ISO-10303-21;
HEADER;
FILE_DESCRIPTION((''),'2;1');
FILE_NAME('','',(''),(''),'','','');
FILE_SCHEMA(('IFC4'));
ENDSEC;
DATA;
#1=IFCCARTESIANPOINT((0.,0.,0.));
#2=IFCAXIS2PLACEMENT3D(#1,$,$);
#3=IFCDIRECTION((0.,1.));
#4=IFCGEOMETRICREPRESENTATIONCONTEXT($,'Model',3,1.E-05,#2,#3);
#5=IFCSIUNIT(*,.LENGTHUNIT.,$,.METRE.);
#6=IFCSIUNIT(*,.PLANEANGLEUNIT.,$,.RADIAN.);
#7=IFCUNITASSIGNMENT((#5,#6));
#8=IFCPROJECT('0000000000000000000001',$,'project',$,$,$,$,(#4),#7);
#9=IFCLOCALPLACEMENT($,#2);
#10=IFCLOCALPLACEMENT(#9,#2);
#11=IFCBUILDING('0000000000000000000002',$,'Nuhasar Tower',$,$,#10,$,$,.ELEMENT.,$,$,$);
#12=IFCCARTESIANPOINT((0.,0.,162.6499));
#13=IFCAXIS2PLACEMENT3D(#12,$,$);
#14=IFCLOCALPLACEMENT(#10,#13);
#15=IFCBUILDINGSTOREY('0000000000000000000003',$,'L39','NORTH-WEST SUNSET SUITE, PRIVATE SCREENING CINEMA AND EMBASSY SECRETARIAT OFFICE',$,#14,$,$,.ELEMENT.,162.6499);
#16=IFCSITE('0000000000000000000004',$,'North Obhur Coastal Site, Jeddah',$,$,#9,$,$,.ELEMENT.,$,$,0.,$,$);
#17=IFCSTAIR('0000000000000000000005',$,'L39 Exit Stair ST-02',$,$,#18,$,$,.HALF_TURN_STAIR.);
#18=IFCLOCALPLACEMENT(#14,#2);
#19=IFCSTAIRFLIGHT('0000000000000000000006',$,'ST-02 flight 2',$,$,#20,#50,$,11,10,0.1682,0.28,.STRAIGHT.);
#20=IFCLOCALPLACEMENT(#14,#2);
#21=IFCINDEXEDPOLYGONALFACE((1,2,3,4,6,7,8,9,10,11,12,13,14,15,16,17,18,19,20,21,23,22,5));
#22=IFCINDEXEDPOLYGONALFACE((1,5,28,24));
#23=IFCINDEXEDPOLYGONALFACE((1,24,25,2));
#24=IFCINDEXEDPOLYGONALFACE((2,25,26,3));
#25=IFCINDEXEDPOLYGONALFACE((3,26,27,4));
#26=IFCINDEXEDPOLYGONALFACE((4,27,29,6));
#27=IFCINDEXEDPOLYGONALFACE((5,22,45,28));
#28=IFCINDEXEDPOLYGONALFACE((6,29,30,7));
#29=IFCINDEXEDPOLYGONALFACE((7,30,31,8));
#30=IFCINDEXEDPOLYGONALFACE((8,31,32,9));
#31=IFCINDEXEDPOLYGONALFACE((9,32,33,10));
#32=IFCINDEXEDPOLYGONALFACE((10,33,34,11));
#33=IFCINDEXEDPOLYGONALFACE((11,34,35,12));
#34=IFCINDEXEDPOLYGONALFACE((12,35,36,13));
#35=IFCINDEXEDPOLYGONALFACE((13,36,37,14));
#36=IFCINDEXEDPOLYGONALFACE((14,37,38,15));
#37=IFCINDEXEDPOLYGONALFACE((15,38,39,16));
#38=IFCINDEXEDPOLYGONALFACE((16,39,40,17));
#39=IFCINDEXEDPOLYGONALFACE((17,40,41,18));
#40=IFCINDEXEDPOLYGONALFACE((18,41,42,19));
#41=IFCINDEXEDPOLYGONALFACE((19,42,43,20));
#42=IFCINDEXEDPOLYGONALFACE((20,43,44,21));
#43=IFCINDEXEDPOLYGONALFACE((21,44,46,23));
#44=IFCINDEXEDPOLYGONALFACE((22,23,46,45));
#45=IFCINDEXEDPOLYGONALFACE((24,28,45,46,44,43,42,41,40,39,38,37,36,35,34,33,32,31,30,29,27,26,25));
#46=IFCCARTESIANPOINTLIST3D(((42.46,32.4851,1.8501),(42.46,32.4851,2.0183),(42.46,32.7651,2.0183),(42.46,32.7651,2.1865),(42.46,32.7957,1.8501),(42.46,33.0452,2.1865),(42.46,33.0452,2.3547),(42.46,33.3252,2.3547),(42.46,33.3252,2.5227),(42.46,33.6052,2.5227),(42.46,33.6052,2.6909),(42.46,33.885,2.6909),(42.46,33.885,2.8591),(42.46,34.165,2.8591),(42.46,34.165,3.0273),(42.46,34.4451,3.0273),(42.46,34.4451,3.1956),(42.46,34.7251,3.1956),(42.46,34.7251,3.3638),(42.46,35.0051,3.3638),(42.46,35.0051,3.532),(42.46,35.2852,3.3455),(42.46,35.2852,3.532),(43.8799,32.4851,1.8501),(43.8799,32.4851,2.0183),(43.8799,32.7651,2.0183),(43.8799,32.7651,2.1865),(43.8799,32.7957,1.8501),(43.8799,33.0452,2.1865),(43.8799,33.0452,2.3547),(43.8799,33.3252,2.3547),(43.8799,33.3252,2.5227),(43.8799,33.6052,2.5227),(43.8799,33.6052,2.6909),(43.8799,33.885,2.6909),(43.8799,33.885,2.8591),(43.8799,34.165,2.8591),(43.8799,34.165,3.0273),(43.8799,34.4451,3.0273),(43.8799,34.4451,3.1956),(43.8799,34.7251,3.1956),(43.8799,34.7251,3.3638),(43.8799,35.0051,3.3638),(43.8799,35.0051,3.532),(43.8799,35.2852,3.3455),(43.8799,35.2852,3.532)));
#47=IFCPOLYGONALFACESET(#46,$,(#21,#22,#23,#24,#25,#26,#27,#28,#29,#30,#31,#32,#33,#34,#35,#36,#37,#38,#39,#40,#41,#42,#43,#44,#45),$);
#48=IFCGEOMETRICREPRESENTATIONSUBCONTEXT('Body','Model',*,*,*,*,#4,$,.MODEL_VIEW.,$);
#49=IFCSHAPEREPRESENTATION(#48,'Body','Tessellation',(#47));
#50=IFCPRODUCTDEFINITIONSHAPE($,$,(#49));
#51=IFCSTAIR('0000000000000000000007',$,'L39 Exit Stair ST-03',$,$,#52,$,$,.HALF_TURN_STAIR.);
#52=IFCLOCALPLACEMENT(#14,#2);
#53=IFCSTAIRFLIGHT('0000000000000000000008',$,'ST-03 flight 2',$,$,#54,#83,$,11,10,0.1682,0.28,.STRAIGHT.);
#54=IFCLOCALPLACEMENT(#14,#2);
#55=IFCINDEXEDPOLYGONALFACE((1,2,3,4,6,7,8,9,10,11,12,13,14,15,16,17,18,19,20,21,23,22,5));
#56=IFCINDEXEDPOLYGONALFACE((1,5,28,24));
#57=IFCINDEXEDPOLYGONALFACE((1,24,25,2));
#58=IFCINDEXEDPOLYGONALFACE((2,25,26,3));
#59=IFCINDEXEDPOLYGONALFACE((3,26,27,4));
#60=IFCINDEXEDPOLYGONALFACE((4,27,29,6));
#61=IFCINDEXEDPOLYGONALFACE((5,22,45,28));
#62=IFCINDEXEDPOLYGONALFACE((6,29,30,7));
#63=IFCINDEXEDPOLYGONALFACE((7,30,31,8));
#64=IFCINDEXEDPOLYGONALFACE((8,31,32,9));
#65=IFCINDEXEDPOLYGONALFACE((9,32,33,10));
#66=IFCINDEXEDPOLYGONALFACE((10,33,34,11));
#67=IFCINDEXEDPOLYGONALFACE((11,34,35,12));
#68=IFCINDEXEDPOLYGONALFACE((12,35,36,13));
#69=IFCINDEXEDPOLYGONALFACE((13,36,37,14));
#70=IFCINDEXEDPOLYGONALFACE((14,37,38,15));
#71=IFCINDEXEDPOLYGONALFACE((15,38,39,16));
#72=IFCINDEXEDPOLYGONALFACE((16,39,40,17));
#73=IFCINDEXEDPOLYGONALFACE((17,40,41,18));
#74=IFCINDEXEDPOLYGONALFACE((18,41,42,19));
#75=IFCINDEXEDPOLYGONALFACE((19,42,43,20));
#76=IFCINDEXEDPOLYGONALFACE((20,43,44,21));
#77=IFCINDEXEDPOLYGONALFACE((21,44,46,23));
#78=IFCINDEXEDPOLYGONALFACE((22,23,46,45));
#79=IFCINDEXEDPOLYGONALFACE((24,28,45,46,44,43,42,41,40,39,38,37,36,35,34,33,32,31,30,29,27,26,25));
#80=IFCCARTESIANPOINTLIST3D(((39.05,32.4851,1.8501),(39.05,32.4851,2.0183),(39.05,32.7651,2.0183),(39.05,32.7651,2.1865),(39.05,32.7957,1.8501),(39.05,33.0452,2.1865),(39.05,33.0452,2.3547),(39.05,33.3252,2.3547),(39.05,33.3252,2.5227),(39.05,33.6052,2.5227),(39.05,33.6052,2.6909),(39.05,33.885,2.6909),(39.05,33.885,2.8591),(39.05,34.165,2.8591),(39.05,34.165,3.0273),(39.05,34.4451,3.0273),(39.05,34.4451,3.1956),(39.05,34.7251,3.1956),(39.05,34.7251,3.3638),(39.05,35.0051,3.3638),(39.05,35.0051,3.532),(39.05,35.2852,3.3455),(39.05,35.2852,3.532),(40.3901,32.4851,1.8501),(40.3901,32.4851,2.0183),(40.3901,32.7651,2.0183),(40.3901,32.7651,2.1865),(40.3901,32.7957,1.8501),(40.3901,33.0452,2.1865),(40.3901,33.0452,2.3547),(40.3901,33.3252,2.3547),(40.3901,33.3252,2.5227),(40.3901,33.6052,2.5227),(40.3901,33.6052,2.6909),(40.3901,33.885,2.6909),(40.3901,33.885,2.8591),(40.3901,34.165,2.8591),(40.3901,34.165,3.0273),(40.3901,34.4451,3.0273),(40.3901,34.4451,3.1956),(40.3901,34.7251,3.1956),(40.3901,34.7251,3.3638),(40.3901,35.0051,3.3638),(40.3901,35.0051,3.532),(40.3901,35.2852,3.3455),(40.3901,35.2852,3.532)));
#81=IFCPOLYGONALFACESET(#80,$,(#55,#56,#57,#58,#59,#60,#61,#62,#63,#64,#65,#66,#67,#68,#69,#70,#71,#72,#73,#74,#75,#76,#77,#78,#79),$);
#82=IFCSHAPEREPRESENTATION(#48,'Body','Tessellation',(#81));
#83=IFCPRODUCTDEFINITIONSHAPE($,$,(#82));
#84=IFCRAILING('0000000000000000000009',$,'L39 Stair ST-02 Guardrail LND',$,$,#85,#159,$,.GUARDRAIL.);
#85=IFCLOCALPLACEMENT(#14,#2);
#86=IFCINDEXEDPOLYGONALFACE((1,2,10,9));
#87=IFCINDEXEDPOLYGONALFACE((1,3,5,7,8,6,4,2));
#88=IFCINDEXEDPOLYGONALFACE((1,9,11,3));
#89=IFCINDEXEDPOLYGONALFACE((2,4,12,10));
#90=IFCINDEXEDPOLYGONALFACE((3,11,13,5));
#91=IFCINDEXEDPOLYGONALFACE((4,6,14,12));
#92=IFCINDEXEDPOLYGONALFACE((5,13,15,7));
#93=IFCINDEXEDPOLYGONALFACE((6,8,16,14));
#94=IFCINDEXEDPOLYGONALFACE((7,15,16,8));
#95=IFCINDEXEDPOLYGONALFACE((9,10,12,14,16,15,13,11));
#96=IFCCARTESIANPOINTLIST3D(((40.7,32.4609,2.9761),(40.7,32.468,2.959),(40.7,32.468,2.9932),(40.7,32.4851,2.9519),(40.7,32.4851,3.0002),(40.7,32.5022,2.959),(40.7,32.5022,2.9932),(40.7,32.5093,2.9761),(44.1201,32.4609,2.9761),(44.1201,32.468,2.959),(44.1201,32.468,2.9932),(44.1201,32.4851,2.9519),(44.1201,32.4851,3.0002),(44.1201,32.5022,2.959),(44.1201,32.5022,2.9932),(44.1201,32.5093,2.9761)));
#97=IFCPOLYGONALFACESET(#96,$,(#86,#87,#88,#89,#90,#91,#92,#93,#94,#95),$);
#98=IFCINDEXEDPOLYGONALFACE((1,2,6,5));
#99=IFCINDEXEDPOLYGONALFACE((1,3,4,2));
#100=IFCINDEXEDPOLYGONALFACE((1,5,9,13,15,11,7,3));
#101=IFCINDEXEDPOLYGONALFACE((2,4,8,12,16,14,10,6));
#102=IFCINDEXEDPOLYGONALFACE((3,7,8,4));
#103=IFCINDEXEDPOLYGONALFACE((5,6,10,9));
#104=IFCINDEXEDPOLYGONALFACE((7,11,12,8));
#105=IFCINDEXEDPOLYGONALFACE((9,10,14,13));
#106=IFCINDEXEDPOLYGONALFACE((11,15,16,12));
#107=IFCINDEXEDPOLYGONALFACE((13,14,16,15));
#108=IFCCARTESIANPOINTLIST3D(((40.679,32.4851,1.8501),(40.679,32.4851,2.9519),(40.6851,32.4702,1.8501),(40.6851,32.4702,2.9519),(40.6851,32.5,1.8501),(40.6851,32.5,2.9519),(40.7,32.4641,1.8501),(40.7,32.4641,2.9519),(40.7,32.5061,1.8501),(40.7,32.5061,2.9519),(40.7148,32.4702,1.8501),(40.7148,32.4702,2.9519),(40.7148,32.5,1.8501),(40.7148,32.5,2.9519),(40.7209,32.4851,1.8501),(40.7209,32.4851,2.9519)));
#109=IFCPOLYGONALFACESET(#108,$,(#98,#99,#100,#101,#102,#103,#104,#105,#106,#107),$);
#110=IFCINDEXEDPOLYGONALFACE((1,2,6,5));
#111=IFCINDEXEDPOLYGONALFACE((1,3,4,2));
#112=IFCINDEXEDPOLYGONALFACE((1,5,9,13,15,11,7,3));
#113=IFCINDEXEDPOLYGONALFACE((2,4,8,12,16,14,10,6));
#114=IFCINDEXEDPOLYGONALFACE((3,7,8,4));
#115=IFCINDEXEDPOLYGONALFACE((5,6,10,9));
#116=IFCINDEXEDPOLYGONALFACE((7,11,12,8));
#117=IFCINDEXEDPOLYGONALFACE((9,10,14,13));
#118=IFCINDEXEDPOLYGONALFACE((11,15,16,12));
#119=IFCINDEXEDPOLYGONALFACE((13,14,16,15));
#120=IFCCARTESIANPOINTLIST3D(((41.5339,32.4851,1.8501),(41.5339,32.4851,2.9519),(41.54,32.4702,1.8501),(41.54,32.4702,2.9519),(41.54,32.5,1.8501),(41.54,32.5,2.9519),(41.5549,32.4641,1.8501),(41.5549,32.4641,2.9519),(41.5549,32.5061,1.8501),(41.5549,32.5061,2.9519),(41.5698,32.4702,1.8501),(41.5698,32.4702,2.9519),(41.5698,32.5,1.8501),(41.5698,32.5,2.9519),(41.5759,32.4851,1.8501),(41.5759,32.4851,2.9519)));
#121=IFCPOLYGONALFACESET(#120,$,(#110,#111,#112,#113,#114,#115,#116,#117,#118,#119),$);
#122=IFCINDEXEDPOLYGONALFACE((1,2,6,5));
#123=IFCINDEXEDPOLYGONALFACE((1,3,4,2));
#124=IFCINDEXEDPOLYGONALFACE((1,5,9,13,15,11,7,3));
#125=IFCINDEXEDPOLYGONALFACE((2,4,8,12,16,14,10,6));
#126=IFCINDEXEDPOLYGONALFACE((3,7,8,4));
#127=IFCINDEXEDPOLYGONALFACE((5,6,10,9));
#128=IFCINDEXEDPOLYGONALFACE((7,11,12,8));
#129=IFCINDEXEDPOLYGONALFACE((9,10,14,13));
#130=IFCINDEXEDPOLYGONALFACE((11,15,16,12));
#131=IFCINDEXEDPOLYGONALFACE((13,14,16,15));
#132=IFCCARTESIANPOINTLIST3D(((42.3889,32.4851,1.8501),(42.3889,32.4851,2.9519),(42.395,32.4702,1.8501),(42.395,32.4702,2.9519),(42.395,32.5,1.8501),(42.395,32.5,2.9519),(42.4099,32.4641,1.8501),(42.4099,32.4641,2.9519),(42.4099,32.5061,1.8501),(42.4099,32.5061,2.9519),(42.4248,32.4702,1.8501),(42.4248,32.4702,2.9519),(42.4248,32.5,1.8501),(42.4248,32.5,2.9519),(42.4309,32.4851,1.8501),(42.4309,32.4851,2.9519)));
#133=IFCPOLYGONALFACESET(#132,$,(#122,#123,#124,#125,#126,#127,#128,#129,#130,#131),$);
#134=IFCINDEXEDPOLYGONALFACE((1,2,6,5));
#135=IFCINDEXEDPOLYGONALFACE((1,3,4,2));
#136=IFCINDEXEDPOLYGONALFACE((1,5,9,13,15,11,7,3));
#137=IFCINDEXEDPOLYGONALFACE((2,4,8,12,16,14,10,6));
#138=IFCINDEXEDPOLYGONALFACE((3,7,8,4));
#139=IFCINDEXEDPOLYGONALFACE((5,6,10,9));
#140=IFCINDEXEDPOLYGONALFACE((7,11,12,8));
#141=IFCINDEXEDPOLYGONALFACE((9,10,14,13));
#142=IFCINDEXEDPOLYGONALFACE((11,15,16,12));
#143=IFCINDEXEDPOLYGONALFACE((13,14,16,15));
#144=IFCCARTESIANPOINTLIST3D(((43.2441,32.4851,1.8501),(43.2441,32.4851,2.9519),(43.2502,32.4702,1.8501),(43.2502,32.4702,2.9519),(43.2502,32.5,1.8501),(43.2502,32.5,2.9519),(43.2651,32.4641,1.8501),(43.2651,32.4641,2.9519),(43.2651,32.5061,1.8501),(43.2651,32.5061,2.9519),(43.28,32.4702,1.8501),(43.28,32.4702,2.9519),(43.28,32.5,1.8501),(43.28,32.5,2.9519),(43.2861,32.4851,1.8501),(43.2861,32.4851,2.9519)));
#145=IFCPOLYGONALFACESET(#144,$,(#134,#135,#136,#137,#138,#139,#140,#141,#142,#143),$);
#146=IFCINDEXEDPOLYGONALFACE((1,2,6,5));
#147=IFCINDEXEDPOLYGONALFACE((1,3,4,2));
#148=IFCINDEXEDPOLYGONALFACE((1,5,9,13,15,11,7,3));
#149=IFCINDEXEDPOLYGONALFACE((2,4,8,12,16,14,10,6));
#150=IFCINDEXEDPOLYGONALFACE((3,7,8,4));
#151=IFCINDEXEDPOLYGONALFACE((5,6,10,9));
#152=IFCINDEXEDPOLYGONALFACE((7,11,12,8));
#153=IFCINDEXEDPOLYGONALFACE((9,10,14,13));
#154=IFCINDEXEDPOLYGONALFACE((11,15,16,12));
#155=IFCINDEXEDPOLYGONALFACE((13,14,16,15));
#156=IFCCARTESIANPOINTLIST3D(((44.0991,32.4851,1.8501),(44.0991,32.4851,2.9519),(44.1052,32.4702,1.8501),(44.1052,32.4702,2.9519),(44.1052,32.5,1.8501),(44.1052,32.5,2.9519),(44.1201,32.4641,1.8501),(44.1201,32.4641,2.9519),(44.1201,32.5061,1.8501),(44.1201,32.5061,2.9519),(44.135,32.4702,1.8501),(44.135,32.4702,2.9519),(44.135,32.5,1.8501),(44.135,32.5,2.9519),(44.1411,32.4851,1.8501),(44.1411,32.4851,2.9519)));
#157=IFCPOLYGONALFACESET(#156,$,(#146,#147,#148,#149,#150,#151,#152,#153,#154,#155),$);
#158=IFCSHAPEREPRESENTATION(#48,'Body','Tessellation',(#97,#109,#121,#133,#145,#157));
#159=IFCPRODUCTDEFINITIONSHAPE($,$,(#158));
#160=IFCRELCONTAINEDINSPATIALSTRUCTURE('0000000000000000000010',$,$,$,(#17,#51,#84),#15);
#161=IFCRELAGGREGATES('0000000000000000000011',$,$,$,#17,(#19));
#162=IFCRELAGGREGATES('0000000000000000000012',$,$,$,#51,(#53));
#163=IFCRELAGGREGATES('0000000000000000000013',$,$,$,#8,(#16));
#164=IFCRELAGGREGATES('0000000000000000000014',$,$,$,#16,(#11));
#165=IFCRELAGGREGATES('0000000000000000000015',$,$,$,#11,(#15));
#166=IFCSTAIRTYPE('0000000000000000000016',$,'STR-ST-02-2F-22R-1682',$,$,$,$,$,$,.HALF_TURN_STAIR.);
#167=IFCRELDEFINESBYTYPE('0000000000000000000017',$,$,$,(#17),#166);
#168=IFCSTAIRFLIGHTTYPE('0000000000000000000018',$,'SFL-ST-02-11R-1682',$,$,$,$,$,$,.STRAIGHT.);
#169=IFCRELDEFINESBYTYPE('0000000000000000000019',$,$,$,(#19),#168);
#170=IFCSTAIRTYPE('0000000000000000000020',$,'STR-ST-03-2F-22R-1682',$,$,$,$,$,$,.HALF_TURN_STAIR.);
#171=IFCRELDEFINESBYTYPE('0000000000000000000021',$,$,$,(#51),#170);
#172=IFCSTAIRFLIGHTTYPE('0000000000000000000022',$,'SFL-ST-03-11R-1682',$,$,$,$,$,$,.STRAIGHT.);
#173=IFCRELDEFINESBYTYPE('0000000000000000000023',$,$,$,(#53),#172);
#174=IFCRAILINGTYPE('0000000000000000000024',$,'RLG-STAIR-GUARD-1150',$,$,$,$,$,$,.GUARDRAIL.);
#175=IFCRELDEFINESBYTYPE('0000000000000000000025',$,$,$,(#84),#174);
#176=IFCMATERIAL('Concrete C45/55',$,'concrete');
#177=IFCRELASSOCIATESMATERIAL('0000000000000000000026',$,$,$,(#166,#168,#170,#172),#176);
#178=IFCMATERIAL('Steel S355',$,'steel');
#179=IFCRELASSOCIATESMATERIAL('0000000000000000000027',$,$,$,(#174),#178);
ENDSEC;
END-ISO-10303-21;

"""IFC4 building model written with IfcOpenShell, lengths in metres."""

from ifc_helpers import new_model, si_unit, direction, frame, origin, place, context, subcontext, project, spatial, polyline, outline, extrude, material, type_object, element, aggregate, save


model = new_model("IFC4")

# Units and contexts
model_context = context("Model", 3, precision=1e-05, world=origin(), true_north=direction((0.0, 1.0)))
body_context = subcontext(model_context, "Body", "Model", "MODEL_VIEW")
ifc_project = project(units=[si_unit("LENGTHUNIT", "METRE"), si_unit("PLANEANGLEUNIT", "RADIAN")], contexts=[model_context])

# Site, building, storey
site_placement = place(None, origin())
site = spatial("IfcSite", under=ifc_project, at=site_placement, Name="North Obhur Coastal Site, Jeddah", CompositionType="ELEMENT", RefElevation=0.0)
building_placement = place(site_placement, origin())
building = spatial("IfcBuilding", under=site, at=building_placement, Name="Nuhasar Tower", CompositionType="ELEMENT")
storey_placement = place(building_placement, frame((0.0, 0.0, 162.6499)))
storey = spatial("IfcBuildingStorey", under=building, at=storey_placement, Name="L39", Description="NORTH-WEST SUNSET SUITE, PRIVATE SCREENING CINEMA AND EMBASSY SECRETARIAT OFFICE", CompositionType="ELEMENT", Elevation=162.6499)

# Shared definitions
ifc_material_1 = material(Name="Steel S355", Category="steel")

# Shared definitions
ifc_material_2 = material(Name="Concrete C45/55", Category="concrete")

# Stair, stair flight
stair_type_1 = type_object("IfcStairType", Name="STR-ST-02-2F-22R-1682", PredefinedType="HALF_TURN_STAIR", material=ifc_material_2)
stair_1_placement = place(storey_placement, origin())
stair_1 = element("IfcStair", 1, at=stair_1_placement, inside=storey, type_object=stair_type_1, Name="L39 Exit Stair ST-02", PredefinedType="HALF_TURN_STAIR")
stair_flight_type_1 = type_object("IfcStairFlightType", Name="SFL-ST-02-11R-1682", PredefinedType="STRAIGHT", material=ifc_material_2)
stair_flight_1_placement = place(storey_placement, frame((43.1699, 32.4851, 1.8501), z_axis=(0.0, 0.0, 1.0), x_axis=(0.0, 1.0, 0.0)))
stair_flight_1 = element("IfcStairFlight", 2, at=stair_flight_1_placement, type_object=stair_flight_type_1, Name="ST-02 flight 2", NumberOfRisers=11, NumberOfTreads=10, PredefinedType="STRAIGHT", RiserHeight=0.1682, TreadLength=0.28, context=body_context, shape_type="SweptSolid", body=[
    extrude(outline(polyline([(0.0, 0.0), (0.0, 0.1682), (0.28, 0.1682), (0.28, 0.3364), (0.5601, 0.3364), (0.5601, 0.5046), (0.8401, 0.5046), (0.8401, 0.6726), (1.1201, 0.6726), (1.1201, 0.8408), (1.3999, 0.8408), (1.3999, 1.009), (1.6799, 1.009), (1.6799, 1.1772), (1.96, 1.1772), (1.96, 1.3455), (2.24, 1.3455), (2.24, 1.5137), (2.52, 1.5137), (2.52, 1.6819), (2.8, 1.6819), (2.8, 1.8501), (2.8, 1.4954), (0.3105, 0.0), (0.0, 0.0)])), frame((0.0, 0.71, 0.0), z_axis=(0.0, -1.0, 0.0), x_axis=(1.0, 0.0, 0.0)), (0.0, 0.0, 1.0), 1.4199),
])
aggregate(stair_1, [stair_flight_1])

# Stair, stair flight
stair_type_2 = type_object("IfcStairType", Name="STR-ST-03-2F-22R-1682", PredefinedType="HALF_TURN_STAIR", material=ifc_material_2)
stair_2_placement = place(storey_placement, origin())
stair_2 = element("IfcStair", 3, at=stair_2_placement, inside=storey, type_object=stair_type_2, Name="L39 Exit Stair ST-03", PredefinedType="HALF_TURN_STAIR")
stair_flight_type_2 = type_object("IfcStairFlightType", Name="SFL-ST-03-11R-1682", PredefinedType="STRAIGHT", material=ifc_material_2)
stair_flight_2_placement = place(storey_placement, frame((39.72, 32.4851, 1.8501), z_axis=(0.0, 0.0, 1.0), x_axis=(0.0, 1.0, 0.0)))
stair_flight_2 = element("IfcStairFlight", 4, at=stair_flight_2_placement, type_object=stair_flight_type_2, Name="ST-03 flight 2", NumberOfRisers=11, NumberOfTreads=10, PredefinedType="STRAIGHT", RiserHeight=0.1682, TreadLength=0.28, context=body_context, shape_type="SweptSolid", body=[
    extrude(outline(polyline([(0.0, 0.0), (0.0, 0.1682), (0.28, 0.1682), (0.28, 0.3364), (0.5601, 0.3364), (0.5601, 0.5046), (0.8401, 0.5046), (0.8401, 0.6726), (1.1201, 0.6726), (1.1201, 0.8408), (1.3999, 0.8408), (1.3999, 1.009), (1.6799, 1.009), (1.6799, 1.1772), (1.96, 1.1772), (1.96, 1.3455), (2.24, 1.3455), (2.24, 1.5137), (2.52, 1.5137), (2.52, 1.6819), (2.8, 1.6819), (2.8, 1.8501), (2.8, 1.4954), (0.3105, 0.0), (0.0, 0.0)])), frame((0.0, 0.6699, 0.0), z_axis=(0.0, -1.0, 0.0), x_axis=(1.0, 0.0, 0.0)), (0.0, 0.0, 1.0), 1.3401),
])
aggregate(stair_2, [stair_flight_2])

# Railing
railing_type_1 = type_object("IfcRailingType", Name="RLG-STAIR-GUARD-1150", PredefinedType="GUARDRAIL", material=ifc_material_1)
railing_1_placement = place(storey_placement, frame((40.7, 32.4851, 1.8501)))
element("IfcRailing", 5, at=railing_1_placement, inside=storey, type_object=railing_type_1, Name="L39 Stair ST-02 Guardrail LND", PredefinedType="GUARDRAIL", context=body_context, shape_type="SweptSolid", body=[
    extrude(outline(polyline([(0.0242, 0.0), (0.0171, 0.0171), (0.0, 0.0242), (-0.0171, 0.0171), (-0.0242, 0.0), (-0.0171, -0.0171), (0.0, -0.0242), (0.0171, -0.0171), (0.0242, 0.0)])), frame((0.0, 0.0, 1.126), z_axis=(1.0, 0.0, 0.0), x_axis=(0.0, 1.0, 0.0)), (0.0, 0.0, 1.0), 3.4202),
    extrude(outline(polyline([(0.021, 0.0), (0.0149, 0.0149), (0.0, 0.021), (-0.0149, 0.0149), (-0.021, 0.0), (-0.0149, -0.0149), (0.0, -0.021), (0.0149, -0.0149), (0.021, 0.0)])), origin(), (0.0, 0.0, 1.0), 1.1018),
    extrude(outline(polyline([(0.021, 0.0), (0.0149, 0.0149), (0.0, 0.021), (-0.0149, 0.0149), (-0.021, 0.0), (-0.0149, -0.0149), (0.0, -0.021), (0.0149, -0.0149), (0.021, 0.0)])), frame((0.855, 0.0, 0.0)), (0.0, 0.0, 1.0), 1.1018),
    extrude(outline(polyline([(0.021, 0.0), (0.0149, 0.0149), (0.0, 0.021), (-0.0149, 0.0149), (-0.021, 0.0), (-0.0149, -0.0149), (0.0, -0.021), (0.0149, -0.0149), (0.021, 0.0)])), frame((1.71, 0.0, 0.0)), (0.0, 0.0, 1.0), 1.1018),
    extrude(outline(polyline([(0.021, 0.0), (0.0149, 0.0149), (0.0, 0.021), (-0.0149, 0.0149), (-0.021, 0.0), (-0.0149, -0.0149), (0.0, -0.021), (0.0149, -0.0149), (0.021, 0.0)])), frame((2.5652, 0.0, 0.0)), (0.0, 0.0, 1.0), 1.1018),
    extrude(outline(polyline([(0.021, 0.0), (0.0149, 0.0149), (0.0, 0.021), (-0.0149, 0.0149), (-0.021, 0.0), (-0.0149, -0.0149), (0.0, -0.021), (0.0149, -0.0149), (0.021, 0.0)])), frame((3.4202, 0.0, 0.0)), (0.0, 0.0, 1.0), 1.1018),
])

save(model, "model.ifc")
